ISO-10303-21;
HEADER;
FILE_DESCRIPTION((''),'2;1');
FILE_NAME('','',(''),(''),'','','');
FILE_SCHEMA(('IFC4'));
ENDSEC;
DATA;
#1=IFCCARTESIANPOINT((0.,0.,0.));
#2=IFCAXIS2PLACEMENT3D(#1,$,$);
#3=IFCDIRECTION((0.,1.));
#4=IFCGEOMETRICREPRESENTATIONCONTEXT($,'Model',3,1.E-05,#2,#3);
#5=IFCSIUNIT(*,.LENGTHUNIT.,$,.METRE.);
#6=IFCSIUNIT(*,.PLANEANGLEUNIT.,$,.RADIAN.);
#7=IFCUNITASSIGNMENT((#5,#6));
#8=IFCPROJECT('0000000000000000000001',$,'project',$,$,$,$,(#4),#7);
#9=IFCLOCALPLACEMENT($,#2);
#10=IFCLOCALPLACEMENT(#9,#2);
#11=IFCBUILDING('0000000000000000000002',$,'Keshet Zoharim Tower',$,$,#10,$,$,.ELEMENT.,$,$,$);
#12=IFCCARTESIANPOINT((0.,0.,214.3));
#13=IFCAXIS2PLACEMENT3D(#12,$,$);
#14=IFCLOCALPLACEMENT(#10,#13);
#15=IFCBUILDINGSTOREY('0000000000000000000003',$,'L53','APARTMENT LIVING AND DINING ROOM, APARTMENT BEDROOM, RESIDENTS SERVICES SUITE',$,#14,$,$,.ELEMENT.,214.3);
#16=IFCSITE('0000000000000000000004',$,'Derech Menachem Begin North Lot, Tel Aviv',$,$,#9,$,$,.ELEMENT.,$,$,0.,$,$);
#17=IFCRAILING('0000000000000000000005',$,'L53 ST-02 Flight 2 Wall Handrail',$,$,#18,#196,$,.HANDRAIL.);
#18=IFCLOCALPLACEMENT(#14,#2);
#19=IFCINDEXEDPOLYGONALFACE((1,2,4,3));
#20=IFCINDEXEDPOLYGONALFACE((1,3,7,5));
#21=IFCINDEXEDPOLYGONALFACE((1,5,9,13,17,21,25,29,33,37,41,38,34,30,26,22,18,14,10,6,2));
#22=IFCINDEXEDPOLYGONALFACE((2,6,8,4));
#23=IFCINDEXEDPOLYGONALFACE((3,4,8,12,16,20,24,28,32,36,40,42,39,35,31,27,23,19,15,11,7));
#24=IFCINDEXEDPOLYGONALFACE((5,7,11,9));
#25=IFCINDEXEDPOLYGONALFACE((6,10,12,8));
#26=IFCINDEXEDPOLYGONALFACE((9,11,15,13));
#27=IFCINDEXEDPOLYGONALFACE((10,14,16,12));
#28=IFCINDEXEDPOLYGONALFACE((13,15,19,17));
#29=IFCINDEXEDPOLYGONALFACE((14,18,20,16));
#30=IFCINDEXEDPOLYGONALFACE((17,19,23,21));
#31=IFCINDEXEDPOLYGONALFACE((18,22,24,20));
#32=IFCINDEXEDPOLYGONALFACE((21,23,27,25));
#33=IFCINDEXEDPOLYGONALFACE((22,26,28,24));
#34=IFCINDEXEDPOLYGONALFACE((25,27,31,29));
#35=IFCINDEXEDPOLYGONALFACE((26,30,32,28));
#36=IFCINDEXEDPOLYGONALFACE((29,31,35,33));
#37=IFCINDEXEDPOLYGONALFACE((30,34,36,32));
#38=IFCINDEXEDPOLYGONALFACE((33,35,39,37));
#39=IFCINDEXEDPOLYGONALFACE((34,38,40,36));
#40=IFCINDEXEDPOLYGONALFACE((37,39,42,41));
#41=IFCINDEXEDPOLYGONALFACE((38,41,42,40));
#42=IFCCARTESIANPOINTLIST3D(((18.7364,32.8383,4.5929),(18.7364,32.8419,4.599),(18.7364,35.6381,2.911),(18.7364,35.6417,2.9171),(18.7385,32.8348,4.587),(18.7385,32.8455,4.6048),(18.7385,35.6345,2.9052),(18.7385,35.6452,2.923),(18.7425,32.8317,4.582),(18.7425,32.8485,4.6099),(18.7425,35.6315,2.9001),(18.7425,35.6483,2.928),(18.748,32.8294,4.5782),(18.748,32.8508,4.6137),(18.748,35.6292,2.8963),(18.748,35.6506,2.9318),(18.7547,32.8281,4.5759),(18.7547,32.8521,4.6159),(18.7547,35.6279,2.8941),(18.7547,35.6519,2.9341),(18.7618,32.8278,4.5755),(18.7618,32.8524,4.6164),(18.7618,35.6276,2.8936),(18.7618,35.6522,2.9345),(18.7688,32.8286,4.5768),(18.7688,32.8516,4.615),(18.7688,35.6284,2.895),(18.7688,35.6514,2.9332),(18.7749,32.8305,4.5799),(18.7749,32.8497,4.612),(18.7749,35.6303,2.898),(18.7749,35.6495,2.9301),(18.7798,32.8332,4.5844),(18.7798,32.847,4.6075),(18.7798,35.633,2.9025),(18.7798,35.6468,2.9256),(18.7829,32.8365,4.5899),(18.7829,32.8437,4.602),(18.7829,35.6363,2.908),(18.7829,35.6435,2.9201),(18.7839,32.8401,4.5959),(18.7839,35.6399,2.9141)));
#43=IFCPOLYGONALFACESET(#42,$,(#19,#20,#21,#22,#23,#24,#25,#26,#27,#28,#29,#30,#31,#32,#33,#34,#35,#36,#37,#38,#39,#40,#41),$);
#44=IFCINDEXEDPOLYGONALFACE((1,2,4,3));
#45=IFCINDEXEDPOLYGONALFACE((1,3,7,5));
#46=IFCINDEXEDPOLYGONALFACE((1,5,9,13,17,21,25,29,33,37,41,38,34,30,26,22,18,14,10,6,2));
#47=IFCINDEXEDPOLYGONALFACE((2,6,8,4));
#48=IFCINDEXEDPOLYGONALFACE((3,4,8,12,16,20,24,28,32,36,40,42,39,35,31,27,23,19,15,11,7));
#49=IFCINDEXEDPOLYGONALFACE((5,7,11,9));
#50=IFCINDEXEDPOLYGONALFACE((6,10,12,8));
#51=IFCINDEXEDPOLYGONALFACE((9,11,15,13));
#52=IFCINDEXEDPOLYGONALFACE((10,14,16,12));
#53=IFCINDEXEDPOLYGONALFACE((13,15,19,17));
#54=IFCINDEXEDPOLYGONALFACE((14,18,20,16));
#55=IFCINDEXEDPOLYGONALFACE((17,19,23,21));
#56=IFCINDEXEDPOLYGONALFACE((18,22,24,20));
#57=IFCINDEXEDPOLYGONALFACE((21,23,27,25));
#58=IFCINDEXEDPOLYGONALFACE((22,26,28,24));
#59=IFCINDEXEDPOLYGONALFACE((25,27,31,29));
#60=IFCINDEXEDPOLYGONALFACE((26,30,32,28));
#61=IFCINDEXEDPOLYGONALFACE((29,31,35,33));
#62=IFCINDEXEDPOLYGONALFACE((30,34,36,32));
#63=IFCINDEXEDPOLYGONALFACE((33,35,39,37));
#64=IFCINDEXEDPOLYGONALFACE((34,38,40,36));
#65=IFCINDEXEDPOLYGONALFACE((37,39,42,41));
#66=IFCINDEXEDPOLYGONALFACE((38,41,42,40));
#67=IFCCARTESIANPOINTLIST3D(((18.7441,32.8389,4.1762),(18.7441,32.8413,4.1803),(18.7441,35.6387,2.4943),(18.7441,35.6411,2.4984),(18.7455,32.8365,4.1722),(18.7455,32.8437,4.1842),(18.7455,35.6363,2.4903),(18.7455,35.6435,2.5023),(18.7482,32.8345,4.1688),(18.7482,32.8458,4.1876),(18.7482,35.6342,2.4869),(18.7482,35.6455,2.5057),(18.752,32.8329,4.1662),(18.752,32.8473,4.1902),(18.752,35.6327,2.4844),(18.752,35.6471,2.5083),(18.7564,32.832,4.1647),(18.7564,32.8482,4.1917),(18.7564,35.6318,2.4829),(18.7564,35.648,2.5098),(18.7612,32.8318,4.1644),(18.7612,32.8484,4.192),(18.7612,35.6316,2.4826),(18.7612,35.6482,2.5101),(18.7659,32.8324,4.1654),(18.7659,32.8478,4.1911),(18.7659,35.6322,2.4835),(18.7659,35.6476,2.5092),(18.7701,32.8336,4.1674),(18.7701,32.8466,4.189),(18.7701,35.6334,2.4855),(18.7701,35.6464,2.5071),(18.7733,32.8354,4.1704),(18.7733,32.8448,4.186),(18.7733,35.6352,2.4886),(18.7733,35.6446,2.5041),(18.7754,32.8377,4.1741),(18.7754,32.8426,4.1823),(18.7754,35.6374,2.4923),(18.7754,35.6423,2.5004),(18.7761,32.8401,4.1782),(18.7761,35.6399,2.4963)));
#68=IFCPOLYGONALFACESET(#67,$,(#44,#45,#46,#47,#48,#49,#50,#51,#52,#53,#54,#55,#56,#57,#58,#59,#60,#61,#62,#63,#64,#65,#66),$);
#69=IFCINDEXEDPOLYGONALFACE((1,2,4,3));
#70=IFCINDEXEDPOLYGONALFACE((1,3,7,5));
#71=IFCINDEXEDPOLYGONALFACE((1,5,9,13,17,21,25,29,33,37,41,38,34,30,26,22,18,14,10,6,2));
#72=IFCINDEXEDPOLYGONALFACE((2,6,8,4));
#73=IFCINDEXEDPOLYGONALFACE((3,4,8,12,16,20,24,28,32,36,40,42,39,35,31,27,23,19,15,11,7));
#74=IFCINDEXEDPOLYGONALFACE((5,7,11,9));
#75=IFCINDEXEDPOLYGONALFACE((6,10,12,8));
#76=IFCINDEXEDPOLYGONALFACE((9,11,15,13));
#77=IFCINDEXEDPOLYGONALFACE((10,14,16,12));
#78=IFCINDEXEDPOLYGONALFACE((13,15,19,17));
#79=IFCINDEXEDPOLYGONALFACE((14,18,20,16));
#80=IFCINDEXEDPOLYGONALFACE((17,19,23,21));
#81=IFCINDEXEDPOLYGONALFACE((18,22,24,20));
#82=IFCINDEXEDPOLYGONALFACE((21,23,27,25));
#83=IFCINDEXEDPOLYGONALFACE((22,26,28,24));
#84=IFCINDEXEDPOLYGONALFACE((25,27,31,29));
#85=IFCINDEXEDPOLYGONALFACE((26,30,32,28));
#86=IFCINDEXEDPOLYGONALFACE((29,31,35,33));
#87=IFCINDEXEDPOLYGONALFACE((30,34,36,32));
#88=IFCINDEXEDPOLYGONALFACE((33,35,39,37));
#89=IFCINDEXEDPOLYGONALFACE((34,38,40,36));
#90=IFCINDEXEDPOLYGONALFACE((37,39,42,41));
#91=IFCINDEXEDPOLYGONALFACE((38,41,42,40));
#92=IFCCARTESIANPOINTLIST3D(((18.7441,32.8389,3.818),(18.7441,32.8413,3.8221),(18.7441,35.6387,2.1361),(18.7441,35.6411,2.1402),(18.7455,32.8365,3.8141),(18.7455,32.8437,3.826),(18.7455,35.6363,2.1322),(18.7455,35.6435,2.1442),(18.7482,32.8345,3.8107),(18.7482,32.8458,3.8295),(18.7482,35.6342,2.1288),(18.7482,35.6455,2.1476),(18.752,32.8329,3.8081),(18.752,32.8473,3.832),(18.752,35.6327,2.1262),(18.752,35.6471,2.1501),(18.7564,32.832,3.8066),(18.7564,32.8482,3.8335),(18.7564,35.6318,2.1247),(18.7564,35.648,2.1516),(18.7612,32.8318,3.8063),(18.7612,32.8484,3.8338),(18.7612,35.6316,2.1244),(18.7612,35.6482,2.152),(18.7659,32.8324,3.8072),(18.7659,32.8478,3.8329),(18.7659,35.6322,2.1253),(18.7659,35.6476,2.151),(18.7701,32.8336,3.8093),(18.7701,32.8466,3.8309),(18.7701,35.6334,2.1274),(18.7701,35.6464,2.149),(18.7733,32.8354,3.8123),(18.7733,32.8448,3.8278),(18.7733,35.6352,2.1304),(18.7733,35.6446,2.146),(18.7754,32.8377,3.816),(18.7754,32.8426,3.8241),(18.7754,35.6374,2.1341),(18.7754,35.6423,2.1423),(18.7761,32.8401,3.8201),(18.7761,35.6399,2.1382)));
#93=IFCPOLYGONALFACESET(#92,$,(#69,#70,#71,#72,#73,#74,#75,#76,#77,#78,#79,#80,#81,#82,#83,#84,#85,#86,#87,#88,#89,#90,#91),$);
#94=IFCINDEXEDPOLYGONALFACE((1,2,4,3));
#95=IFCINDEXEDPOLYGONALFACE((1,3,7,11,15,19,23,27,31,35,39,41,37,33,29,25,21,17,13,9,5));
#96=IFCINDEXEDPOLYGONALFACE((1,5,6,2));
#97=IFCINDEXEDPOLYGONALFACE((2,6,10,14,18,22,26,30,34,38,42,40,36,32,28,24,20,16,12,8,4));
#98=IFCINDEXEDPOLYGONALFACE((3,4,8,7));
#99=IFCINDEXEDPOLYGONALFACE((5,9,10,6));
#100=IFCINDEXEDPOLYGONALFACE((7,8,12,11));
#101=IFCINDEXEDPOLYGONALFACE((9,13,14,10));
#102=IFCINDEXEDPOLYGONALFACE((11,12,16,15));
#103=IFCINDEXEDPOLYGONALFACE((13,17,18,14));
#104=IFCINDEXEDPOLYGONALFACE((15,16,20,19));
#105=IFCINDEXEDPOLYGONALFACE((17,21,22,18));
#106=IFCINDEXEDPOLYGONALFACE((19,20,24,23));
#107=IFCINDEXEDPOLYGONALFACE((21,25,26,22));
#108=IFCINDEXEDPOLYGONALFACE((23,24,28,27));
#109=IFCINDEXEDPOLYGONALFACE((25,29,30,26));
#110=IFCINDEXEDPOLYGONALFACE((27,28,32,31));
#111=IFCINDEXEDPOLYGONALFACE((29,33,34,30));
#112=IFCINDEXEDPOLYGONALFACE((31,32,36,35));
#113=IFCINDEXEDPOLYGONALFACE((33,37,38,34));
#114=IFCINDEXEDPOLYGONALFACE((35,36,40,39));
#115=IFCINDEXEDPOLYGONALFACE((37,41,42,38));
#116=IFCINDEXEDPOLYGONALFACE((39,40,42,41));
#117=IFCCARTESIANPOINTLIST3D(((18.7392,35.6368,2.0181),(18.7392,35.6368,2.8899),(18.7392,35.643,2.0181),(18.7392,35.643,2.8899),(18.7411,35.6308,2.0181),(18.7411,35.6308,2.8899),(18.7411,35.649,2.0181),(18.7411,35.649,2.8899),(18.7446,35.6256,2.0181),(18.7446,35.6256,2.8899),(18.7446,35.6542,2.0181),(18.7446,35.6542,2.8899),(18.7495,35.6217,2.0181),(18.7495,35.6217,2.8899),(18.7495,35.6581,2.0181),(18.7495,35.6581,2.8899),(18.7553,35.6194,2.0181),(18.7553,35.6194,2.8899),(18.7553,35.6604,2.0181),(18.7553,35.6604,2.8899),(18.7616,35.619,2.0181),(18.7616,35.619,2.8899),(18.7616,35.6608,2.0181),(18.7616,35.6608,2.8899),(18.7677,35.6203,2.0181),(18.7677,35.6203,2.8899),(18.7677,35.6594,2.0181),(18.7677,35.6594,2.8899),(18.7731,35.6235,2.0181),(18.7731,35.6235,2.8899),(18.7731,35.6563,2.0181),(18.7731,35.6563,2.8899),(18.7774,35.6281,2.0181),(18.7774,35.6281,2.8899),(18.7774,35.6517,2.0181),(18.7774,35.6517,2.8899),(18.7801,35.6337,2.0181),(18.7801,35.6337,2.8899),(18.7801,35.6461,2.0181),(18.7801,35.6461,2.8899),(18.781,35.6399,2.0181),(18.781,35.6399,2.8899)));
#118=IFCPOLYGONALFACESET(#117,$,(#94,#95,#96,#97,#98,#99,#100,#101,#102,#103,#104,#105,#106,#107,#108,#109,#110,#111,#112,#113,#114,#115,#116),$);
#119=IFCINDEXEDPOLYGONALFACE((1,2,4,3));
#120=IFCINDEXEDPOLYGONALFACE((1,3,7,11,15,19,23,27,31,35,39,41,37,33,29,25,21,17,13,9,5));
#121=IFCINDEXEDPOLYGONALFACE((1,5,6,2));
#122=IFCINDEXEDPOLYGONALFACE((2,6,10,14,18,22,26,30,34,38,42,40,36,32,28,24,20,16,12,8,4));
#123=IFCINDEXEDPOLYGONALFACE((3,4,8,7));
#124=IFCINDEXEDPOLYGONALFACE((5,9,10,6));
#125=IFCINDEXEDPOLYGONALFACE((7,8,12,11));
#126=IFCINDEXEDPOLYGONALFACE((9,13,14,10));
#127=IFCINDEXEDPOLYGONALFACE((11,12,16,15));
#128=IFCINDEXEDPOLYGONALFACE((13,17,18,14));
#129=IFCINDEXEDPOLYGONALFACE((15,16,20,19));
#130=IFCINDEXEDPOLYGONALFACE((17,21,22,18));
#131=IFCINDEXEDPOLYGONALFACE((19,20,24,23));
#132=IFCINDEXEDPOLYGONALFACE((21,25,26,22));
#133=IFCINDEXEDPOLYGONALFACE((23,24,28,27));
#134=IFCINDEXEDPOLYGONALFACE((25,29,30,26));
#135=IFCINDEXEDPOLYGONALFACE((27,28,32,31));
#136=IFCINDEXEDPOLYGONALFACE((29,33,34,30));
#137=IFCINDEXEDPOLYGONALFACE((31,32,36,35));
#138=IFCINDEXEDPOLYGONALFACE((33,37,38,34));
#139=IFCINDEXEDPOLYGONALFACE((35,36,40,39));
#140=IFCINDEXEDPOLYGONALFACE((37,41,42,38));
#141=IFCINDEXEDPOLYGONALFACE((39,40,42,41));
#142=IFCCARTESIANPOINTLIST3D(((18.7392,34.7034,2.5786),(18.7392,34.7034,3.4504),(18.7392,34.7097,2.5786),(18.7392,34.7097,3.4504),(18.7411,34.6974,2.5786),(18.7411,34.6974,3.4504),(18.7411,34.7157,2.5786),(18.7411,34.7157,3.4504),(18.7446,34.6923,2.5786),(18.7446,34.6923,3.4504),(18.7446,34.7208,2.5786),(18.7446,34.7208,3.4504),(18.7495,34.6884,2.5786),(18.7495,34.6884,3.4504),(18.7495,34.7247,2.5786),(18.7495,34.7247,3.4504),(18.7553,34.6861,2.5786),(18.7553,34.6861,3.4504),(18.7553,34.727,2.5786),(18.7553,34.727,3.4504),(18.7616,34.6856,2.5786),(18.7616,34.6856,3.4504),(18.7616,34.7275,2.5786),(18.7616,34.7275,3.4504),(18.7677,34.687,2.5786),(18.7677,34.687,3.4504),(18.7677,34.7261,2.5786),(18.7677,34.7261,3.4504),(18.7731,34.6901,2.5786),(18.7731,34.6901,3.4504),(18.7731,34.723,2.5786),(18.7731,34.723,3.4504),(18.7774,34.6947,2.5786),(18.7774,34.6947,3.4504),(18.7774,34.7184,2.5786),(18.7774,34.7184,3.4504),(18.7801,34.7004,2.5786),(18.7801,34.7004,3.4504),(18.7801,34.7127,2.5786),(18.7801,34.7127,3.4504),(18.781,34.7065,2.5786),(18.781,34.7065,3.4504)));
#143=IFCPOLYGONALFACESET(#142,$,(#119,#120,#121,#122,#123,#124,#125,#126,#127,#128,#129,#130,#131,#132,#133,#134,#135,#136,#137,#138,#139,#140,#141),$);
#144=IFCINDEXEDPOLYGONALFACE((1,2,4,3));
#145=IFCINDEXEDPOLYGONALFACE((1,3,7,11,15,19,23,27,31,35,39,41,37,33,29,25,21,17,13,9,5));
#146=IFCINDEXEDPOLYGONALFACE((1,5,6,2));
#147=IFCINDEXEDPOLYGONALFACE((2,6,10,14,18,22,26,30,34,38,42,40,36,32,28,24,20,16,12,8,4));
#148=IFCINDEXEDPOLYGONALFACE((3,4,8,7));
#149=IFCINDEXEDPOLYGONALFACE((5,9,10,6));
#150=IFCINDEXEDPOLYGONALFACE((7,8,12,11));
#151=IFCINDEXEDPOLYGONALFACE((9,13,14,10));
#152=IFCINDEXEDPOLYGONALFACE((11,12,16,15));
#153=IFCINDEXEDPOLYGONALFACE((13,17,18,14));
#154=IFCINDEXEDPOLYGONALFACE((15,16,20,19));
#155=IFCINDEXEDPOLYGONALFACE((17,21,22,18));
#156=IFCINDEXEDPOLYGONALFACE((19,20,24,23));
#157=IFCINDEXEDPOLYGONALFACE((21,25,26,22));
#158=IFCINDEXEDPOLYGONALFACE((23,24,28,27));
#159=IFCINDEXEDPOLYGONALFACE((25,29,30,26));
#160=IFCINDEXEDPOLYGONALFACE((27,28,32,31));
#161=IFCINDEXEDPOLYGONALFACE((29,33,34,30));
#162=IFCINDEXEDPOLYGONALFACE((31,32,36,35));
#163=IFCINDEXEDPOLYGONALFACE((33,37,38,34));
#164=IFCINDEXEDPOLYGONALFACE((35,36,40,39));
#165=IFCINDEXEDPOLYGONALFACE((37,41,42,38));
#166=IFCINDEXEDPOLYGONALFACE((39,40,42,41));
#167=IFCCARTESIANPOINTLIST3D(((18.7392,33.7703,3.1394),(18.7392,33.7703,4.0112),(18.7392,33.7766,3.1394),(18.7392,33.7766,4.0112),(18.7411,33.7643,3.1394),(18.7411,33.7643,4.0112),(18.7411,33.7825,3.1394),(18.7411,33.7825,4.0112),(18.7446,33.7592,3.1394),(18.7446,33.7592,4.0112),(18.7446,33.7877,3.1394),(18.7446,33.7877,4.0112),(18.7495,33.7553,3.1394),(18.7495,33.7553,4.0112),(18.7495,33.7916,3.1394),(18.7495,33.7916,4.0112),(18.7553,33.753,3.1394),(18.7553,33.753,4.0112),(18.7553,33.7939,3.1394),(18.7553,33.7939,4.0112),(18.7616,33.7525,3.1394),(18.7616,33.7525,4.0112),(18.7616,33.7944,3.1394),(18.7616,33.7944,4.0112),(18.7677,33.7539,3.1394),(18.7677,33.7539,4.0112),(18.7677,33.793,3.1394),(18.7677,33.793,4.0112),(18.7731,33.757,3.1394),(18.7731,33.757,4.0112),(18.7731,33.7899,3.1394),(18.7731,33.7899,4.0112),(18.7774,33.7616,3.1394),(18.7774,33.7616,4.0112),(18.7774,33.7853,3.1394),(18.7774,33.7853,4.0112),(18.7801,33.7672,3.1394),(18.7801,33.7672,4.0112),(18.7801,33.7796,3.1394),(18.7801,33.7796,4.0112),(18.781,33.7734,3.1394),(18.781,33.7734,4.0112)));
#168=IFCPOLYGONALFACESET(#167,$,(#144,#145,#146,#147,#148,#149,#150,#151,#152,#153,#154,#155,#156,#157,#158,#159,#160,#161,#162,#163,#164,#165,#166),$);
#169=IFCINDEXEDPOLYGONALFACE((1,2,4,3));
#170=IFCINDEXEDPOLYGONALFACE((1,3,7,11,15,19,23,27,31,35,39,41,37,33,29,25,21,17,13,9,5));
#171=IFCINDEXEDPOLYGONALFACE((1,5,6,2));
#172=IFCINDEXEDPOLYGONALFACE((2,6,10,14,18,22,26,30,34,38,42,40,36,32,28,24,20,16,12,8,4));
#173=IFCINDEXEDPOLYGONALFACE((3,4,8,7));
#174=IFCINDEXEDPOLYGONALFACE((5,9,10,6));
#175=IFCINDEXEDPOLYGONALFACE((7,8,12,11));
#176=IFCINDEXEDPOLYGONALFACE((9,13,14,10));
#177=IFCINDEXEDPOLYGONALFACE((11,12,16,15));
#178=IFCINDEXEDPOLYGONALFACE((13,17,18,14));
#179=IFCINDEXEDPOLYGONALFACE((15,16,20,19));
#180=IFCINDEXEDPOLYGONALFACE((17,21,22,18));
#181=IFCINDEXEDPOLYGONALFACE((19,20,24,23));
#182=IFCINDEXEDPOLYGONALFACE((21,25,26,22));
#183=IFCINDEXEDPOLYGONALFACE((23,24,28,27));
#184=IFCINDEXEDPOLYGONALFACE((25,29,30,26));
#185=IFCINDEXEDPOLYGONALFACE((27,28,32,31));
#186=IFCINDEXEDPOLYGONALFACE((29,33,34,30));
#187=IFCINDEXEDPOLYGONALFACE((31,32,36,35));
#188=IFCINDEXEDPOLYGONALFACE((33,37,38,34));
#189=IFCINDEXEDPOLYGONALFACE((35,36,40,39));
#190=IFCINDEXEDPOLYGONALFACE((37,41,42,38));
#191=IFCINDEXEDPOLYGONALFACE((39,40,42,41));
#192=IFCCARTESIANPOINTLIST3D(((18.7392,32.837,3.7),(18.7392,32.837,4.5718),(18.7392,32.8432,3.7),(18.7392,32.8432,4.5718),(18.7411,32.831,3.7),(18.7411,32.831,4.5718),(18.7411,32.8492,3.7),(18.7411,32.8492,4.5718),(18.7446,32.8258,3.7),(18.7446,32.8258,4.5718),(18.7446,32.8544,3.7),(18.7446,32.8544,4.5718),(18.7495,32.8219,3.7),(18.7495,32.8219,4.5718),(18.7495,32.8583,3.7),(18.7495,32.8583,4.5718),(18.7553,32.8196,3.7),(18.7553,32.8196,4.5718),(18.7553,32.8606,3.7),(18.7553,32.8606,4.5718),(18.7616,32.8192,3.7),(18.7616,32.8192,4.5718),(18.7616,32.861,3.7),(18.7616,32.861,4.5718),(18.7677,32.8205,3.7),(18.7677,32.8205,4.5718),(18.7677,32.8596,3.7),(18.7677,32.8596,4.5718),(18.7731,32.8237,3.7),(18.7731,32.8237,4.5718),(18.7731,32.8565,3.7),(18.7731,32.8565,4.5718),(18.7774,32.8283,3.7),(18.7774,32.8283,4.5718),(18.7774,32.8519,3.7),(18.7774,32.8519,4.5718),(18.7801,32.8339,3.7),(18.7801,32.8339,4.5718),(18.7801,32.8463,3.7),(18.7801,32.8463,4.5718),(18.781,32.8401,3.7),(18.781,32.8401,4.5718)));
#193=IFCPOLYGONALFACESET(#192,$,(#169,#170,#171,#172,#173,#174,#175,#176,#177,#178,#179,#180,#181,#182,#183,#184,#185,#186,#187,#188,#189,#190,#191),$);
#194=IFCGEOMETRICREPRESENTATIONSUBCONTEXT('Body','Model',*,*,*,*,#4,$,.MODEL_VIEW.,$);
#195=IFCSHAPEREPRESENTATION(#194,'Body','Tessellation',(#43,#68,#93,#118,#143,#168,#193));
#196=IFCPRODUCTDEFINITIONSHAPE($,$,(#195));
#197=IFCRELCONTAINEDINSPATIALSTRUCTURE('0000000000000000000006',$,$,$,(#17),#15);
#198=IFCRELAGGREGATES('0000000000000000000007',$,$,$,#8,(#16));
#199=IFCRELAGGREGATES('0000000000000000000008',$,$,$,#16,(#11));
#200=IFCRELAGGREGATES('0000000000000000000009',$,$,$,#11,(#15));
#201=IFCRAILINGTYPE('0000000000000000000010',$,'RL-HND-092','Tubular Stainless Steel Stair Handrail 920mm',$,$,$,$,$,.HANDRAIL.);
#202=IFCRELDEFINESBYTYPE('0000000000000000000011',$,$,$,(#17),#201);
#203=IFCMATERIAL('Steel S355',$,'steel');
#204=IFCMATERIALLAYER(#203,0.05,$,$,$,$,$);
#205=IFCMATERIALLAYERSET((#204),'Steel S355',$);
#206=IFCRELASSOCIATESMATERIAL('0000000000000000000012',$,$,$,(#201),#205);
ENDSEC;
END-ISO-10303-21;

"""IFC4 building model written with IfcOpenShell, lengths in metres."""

from ifc_helpers import new_model, si_unit, direction, frame, origin, origin_2d, place, context, subcontext, project, spatial, circle, extrude, material, layer, layer_set, type_object, element, save


model = new_model("IFC4")

# Units and contexts
model_context = context("Model", 3, precision=1e-05, world=origin(), true_north=direction((0.0, 1.0)))
body_context = subcontext(model_context, "Body", "Model", "MODEL_VIEW")
ifc_project = project(units=[si_unit("LENGTHUNIT", "METRE"), si_unit("PLANEANGLEUNIT", "RADIAN")], contexts=[model_context])

# Site, building, storey
site_placement = place(None, origin())
site = spatial("IfcSite", under=ifc_project, at=site_placement, Name="Derech Menachem Begin North Lot, Tel Aviv", CompositionType="ELEMENT", RefElevation=0.0)
building_placement = place(site_placement, origin())
building = spatial("IfcBuilding", under=site, at=building_placement, Name="Keshet Zoharim Tower", CompositionType="ELEMENT")
storey_placement = place(building_placement, frame((0.0, 0.0, 214.3)))
storey = spatial("IfcBuildingStorey", under=building, at=storey_placement, Name="L53", Description="APARTMENT LIVING AND DINING ROOM, APARTMENT BEDROOM, RESIDENTS SERVICES SUITE", CompositionType="ELEMENT", Elevation=214.3)

# Shared definitions
ifc_material_1 = material(Name="Steel S355", Category="steel")

# Railing
ifc_layer_1 = layer(ifc_material_1, 0.05)
ifc_layer_set_1 = layer_set([ifc_layer_1], Name="Steel S355")
railing_type = type_object("IfcRailingType", Name="RL-HND-092", Description="Tubular Stainless Steel Stair Handrail 920mm", PredefinedType="HANDRAIL", material=ifc_layer_set_1)
railing_placement = place(storey_placement, frame((18.76, 35.6399, 2.0181)))
element("IfcRailing", 1, at=railing_placement, inside=storey, type_object=railing_type, Name="L53 ST-02 Flight 2 Wall Handrail", PredefinedType="HANDRAIL", context=body_context, shape_type="SweptSolid", body=[
    extrude(circle(Radius=0.0239, at=origin_2d()), frame((0.0, 0.0, 0.896), z_axis=(0.0, -0.857222, 0.514946), x_axis=(1.0, 0.0, 0.0)), (0.0, 0.0, 1.0), 3.2661),
    extrude(circle(Radius=0.0161, at=origin_2d()), frame((0.0, 0.0, 0.4783), z_axis=(0.0, -0.857222, 0.514946), x_axis=(1.0, 0.0, 0.0)), (0.0, 0.0, 1.0), 3.2661),
    extrude(circle(Radius=0.0161, at=origin_2d()), frame((0.0, 0.0, 0.1201), z_axis=(0.0, -0.857222, 0.514946), x_axis=(1.0, 0.0, 0.0)), (0.0, 0.0, 1.0), 3.2661),
    extrude(circle(Radius=0.021, at=origin_2d()), origin(), (0.0, 0.0, 1.0), 0.8718),
    extrude(circle(Radius=0.021, at=origin_2d()), frame((0.0, -0.9333, 0.5605)), (0.0, 0.0, 1.0), 0.8718),
    extrude(circle(Radius=0.021, at=origin_2d()), frame((0.0, -1.8665, 1.1213)), (0.0, 0.0, 1.0), 0.8718),
    extrude(circle(Radius=0.021, at=origin_2d()), frame((0.0, -2.7998, 1.6819)), (0.0, 0.0, 1.0), 0.8718),
])

save(model, "model.ifc")
